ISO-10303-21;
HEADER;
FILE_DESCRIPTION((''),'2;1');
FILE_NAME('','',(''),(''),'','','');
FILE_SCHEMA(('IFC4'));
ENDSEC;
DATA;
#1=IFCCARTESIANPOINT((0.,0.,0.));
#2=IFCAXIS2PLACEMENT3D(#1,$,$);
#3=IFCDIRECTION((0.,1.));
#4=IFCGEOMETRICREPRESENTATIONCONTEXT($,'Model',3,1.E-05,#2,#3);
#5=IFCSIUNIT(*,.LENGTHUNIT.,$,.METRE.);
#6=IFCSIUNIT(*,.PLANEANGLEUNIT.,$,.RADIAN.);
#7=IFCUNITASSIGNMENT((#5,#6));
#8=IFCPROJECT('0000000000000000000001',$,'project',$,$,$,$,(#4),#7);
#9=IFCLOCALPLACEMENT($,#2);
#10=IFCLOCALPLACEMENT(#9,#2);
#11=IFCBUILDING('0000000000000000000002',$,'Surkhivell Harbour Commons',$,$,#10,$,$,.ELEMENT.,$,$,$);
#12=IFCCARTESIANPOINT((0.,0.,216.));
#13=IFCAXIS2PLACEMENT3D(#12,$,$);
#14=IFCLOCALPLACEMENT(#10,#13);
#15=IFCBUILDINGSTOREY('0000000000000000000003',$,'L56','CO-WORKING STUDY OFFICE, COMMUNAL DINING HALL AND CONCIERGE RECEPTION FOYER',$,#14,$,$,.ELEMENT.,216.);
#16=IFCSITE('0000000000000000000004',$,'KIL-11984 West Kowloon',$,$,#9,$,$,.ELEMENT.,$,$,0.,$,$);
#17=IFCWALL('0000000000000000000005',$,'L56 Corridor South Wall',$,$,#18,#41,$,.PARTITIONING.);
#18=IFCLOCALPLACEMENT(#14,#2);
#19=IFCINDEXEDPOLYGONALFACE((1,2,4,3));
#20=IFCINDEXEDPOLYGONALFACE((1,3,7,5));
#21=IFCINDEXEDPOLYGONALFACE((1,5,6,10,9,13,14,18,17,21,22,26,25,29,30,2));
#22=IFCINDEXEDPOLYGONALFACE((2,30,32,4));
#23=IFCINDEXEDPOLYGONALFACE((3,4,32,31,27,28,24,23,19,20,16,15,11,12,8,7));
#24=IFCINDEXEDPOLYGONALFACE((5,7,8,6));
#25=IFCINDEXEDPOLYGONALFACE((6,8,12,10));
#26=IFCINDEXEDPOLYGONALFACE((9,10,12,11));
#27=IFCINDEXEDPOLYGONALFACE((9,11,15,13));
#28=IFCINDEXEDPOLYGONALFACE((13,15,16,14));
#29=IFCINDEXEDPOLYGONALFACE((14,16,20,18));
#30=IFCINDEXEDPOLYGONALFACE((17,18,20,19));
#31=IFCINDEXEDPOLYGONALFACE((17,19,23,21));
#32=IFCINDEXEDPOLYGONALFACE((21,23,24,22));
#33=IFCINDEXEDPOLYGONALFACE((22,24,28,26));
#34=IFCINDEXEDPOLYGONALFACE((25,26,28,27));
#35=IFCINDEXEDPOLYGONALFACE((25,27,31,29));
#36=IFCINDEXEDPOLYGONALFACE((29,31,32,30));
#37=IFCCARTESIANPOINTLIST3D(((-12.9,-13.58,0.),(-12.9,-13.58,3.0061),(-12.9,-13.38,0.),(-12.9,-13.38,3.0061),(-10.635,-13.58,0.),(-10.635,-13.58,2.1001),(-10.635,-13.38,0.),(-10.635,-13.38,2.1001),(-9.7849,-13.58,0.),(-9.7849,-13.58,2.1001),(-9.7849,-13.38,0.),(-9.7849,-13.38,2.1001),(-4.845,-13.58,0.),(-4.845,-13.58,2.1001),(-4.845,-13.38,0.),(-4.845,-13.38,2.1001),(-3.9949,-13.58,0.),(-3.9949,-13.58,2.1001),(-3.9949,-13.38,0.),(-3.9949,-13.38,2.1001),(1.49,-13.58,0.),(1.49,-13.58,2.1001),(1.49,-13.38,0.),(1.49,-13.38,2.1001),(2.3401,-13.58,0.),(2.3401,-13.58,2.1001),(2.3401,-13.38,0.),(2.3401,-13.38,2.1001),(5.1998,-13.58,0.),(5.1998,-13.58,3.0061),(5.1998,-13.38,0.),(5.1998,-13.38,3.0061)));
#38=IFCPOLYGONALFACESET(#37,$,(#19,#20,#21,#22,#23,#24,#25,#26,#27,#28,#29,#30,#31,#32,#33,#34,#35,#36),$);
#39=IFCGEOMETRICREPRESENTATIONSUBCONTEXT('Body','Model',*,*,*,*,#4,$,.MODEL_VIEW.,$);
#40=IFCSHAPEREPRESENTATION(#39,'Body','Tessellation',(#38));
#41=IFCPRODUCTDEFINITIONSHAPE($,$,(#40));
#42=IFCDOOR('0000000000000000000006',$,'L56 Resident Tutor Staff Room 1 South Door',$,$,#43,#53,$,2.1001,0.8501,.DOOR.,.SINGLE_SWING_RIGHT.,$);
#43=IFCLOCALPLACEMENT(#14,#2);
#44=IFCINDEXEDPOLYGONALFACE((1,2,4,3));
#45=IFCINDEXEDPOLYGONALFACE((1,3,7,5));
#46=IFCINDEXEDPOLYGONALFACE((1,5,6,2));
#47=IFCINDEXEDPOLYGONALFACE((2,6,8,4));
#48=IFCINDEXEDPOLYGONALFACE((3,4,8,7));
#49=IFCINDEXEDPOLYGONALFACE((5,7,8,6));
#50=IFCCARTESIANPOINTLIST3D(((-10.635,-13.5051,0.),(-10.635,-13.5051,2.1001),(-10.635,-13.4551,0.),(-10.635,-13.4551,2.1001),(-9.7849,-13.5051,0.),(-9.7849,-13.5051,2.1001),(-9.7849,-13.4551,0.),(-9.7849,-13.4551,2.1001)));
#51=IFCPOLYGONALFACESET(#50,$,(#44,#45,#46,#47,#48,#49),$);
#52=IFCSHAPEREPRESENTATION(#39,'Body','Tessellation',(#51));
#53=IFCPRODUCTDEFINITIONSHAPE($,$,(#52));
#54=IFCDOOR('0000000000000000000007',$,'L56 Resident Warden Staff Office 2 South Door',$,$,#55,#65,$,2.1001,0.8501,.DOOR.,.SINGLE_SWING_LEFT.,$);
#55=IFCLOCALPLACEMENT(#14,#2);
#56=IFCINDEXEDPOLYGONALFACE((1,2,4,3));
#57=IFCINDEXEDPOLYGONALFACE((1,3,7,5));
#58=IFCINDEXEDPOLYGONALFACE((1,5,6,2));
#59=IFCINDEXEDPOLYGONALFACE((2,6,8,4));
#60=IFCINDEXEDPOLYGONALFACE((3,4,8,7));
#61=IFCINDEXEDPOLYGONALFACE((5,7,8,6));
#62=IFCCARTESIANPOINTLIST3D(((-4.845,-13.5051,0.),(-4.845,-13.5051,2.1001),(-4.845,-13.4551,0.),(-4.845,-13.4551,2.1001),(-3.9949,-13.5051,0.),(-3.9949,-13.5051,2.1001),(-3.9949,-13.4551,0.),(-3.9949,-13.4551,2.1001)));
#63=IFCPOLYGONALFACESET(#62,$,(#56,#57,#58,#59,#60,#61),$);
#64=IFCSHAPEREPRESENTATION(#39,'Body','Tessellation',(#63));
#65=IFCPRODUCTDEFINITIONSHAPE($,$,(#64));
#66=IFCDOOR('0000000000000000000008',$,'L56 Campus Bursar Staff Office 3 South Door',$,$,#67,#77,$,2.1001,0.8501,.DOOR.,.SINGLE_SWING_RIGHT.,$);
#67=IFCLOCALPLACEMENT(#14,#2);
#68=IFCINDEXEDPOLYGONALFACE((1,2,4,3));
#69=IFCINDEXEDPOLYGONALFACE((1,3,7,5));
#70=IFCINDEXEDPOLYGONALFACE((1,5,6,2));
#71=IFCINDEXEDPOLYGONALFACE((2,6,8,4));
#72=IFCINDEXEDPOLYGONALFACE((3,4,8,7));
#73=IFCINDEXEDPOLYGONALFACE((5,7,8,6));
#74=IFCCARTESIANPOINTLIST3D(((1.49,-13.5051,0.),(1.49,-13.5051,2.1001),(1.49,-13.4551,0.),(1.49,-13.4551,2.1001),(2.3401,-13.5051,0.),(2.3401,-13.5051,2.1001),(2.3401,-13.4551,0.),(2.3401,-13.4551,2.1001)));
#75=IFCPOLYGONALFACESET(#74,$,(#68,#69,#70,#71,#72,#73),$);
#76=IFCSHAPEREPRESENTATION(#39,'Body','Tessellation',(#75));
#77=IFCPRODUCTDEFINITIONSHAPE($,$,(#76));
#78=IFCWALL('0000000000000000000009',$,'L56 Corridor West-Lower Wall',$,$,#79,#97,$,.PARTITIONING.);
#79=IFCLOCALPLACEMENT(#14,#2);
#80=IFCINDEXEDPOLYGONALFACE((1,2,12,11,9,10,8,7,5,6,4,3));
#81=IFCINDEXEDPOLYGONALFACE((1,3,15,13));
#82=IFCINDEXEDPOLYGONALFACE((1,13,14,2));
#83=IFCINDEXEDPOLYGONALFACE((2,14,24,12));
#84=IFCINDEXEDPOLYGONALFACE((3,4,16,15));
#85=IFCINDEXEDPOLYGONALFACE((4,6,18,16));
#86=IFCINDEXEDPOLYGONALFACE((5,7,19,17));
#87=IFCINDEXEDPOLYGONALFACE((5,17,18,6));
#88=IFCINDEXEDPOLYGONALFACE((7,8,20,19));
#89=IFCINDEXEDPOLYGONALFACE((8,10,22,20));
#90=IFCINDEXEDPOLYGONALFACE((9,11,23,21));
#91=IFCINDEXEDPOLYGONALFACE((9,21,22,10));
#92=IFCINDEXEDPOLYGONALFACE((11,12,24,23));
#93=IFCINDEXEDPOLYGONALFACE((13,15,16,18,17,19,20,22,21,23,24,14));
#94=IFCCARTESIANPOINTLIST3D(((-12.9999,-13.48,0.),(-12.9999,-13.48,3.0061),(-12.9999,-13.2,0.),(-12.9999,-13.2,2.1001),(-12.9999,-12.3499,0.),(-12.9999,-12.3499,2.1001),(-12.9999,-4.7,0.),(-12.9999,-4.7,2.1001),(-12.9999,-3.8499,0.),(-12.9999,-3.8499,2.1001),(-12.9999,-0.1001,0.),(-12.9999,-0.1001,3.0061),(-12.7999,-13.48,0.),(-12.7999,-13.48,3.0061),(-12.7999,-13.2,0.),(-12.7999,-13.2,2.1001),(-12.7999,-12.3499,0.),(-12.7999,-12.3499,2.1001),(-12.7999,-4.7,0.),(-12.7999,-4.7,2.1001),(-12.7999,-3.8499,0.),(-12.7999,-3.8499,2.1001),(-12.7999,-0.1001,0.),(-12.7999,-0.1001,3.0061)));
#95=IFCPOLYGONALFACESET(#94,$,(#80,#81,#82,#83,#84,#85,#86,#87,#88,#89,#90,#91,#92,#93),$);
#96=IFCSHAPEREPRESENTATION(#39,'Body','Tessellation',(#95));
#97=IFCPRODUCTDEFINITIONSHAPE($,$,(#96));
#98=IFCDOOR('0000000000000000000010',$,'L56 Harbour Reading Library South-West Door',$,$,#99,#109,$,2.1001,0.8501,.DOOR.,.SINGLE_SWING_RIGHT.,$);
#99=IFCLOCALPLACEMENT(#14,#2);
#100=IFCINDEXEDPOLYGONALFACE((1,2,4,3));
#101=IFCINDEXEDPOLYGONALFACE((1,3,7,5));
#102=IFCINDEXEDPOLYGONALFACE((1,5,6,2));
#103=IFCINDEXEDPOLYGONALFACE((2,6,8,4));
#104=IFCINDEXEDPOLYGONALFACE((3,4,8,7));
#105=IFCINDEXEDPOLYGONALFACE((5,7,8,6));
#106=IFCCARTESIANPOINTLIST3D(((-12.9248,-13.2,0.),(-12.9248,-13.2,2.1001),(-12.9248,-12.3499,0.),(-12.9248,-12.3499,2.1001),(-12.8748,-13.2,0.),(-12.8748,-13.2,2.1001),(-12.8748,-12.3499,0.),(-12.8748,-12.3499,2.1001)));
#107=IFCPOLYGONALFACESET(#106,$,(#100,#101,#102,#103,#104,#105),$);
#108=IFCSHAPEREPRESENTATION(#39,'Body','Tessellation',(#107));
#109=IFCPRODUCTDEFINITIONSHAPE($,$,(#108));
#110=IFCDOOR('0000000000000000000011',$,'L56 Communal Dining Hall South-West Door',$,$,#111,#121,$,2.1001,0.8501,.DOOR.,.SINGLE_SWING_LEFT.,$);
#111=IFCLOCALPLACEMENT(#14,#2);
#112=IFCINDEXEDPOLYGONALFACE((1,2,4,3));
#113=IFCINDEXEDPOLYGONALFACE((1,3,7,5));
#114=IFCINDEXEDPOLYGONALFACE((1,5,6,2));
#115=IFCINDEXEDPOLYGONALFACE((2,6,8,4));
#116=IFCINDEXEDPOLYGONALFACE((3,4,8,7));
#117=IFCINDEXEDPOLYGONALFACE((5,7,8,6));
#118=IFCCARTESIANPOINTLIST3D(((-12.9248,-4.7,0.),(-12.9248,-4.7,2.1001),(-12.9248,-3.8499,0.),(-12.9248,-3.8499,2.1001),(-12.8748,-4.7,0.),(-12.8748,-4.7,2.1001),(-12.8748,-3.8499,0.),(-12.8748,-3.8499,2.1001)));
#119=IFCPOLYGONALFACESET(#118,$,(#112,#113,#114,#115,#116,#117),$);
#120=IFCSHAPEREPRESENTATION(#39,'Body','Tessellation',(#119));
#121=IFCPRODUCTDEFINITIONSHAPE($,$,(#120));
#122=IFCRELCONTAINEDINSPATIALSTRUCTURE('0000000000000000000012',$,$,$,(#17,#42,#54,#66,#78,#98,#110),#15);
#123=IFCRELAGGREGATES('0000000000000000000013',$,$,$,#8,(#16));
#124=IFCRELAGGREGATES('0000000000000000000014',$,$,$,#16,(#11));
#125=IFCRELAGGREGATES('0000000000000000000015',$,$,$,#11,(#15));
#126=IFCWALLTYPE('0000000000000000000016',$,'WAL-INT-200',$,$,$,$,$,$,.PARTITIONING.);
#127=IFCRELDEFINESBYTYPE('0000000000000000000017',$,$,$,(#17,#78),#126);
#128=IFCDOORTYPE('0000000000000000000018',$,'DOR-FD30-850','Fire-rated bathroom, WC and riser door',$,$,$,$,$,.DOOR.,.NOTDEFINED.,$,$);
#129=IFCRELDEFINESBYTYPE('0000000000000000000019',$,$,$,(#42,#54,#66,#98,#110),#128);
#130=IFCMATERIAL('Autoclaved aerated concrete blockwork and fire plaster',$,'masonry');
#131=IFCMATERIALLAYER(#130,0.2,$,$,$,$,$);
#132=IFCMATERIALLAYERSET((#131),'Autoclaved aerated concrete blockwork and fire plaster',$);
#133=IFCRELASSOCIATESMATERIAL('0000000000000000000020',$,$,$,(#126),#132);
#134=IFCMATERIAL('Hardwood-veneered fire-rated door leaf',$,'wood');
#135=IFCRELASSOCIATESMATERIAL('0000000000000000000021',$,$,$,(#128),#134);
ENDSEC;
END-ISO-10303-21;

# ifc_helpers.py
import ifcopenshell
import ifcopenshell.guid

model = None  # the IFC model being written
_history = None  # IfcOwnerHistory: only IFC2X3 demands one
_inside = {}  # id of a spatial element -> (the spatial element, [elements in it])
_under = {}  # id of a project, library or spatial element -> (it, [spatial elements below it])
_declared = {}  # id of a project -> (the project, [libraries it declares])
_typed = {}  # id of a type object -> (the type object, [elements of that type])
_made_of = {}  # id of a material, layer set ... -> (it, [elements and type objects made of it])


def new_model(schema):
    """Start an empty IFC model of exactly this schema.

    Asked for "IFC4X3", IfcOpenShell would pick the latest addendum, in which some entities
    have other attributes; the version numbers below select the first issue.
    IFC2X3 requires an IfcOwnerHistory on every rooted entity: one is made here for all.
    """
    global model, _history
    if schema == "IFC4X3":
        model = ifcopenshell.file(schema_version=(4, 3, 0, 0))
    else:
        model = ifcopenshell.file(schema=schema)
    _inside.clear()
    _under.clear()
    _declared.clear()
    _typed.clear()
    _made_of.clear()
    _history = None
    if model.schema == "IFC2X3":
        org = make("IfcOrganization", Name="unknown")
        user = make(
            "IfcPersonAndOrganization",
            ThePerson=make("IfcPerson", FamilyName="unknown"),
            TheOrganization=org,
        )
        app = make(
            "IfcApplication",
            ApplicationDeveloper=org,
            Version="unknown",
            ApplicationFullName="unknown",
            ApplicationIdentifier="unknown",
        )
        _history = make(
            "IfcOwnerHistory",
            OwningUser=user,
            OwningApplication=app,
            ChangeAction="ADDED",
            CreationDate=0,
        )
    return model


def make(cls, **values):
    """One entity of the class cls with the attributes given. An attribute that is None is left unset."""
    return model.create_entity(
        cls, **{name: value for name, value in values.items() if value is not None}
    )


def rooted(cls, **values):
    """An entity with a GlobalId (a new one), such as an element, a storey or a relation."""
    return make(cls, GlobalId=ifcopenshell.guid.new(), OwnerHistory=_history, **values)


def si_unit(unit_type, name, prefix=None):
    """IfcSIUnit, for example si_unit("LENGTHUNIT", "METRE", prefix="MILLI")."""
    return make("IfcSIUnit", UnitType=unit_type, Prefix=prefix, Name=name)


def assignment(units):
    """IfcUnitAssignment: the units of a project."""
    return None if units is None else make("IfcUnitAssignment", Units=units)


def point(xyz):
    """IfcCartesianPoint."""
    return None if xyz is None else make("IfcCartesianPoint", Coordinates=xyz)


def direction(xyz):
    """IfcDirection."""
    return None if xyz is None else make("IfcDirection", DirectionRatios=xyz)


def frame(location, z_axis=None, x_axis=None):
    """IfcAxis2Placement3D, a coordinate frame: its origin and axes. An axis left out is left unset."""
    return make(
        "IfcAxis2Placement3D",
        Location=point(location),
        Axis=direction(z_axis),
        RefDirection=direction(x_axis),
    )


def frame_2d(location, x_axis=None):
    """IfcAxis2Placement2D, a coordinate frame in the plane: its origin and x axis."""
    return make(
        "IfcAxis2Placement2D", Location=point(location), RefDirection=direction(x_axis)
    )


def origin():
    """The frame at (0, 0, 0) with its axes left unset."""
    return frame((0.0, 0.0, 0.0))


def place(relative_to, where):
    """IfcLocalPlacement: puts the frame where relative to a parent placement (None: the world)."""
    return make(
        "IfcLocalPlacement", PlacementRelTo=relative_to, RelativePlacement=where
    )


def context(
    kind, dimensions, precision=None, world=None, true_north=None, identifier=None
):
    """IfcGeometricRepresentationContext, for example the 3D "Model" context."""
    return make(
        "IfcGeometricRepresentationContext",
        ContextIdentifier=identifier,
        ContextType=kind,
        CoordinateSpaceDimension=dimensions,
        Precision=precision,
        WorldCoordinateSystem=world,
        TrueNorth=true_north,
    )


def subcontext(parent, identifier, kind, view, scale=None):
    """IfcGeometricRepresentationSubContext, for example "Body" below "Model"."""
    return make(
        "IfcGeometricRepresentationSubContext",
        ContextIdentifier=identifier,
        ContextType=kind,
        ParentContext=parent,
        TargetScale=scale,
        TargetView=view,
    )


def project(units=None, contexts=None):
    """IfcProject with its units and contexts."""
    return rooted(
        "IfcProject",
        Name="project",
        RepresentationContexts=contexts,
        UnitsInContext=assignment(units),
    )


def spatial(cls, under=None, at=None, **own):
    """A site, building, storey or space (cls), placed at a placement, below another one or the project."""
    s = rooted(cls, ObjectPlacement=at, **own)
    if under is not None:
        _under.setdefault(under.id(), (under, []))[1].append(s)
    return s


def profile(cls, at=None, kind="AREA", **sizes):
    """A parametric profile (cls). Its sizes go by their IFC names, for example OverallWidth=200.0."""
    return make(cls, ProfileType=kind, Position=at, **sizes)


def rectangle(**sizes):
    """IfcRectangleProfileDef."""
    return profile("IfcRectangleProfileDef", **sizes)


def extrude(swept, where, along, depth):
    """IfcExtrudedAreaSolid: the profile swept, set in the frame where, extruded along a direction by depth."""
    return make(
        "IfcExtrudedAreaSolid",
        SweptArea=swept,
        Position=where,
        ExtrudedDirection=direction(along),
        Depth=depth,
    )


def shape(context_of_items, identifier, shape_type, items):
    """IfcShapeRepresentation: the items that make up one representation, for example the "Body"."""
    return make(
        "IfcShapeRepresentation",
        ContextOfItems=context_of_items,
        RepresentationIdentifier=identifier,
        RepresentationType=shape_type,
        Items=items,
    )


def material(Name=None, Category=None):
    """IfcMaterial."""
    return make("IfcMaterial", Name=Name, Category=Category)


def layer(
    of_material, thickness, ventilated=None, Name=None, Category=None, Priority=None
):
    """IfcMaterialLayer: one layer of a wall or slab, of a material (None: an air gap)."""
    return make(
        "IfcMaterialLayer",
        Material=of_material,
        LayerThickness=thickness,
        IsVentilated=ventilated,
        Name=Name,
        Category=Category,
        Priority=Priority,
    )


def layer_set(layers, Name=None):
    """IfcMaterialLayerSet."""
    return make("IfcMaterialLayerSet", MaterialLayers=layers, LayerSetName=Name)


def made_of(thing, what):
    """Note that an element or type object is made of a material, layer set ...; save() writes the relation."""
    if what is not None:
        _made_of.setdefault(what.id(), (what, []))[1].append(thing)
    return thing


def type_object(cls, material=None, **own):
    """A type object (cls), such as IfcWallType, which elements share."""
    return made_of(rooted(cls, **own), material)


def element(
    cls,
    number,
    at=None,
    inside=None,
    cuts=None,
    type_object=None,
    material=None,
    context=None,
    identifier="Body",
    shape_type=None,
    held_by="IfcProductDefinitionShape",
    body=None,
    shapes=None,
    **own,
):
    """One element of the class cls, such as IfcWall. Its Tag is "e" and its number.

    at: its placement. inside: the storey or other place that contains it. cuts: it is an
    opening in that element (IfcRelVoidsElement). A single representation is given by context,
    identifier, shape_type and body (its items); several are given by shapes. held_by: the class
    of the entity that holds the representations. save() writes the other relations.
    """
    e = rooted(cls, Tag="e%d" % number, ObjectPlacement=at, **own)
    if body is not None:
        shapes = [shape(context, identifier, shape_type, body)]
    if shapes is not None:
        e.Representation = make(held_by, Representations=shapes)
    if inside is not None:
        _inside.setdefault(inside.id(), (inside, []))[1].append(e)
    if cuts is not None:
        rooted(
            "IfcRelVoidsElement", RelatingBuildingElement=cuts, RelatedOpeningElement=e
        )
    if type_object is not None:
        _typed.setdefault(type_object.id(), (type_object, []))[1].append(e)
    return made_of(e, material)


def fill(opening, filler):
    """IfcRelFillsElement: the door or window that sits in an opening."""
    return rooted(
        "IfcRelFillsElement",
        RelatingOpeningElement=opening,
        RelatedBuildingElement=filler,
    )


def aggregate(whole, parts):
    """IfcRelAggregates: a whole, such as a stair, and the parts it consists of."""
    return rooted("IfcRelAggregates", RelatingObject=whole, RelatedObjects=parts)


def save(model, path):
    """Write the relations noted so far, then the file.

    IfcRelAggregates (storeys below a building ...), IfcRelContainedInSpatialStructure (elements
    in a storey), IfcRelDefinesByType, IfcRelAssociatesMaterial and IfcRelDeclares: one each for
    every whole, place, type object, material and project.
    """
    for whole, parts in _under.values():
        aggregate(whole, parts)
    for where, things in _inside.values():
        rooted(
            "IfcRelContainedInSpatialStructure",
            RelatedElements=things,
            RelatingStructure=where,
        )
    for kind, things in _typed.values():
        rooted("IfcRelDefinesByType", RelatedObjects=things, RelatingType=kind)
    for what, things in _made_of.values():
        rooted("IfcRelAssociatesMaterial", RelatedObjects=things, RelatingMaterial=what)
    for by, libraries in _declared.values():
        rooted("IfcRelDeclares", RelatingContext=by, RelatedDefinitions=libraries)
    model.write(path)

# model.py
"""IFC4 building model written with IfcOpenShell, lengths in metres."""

from ifc_helpers import new_model, si_unit, direction, frame, frame_2d, origin, place, context, subcontext, project, spatial, rectangle, extrude, material, layer, layer_set, type_object, element, fill, save


model = new_model("IFC4")

# Units and contexts
model_context = context("Model", 3, precision=1e-05, world=origin(), true_north=direction((0.0, 1.0)))
body_context = subcontext(model_context, "Body", "Model", "MODEL_VIEW")
ifc_project = project(units=[si_unit("LENGTHUNIT", "METRE"), si_unit("PLANEANGLEUNIT", "RADIAN")], contexts=[model_context])

# Site, building, storey
site_placement = place(None, origin())
site = spatial("IfcSite", under=ifc_project, at=site_placement, Name="KIL-11984 West Kowloon", CompositionType="ELEMENT", RefElevation=0.0)
building_placement = place(site_placement, origin())
building = spatial("IfcBuilding", under=site, at=building_placement, Name="Surkhivell Harbour Commons", CompositionType="ELEMENT")
storey_placement = place(building_placement, frame((0.0, 0.0, 216.0)))
storey = spatial("IfcBuildingStorey", under=building, at=storey_placement, Name="L56", Description="CO-WORKING STUDY OFFICE, COMMUNAL DINING HALL AND CONCIERGE RECEPTION FOYER", CompositionType="ELEMENT", Elevation=216.0)

# Walls, openings, doors
ifc_material_1 = material(Name="Autoclaved aerated concrete blockwork and fire plaster", Category="masonry")
ifc_layer_1 = layer(ifc_material_1, 0.2)
ifc_layer_set_1 = layer_set([ifc_layer_1], Name="Autoclaved aerated concrete blockwork and fire plaster")
wall_type_1 = type_object("IfcWallType", Name="WAL-INT-200", PredefinedType="PARTITIONING", material=ifc_layer_set_1)
wall_1_placement = place(storey_placement, frame((-12.8999, -13.48, 0.0), z_axis=(0.0, 0.0, 1.0), x_axis=(1.0, 0.0, 0.0)))
wall_1 = element("IfcWall", 1, at=wall_1_placement, inside=storey, type_object=wall_type_1, Name="L56 Corridor South Wall", PredefinedType="PARTITIONING", context=body_context, shape_type="SweptSolid", body=[
    extrude(rectangle(XDim=18.0999, YDim=0.2, at=frame_2d((9.0498, 0.0))), origin(), (0.0, 0.0, 1.0), 3.0061),
])
opening_1_placement = place(wall_1_placement, frame((2.2649, 0.0, 0.0)))
opening_1 = element("IfcOpeningElement", 2, at=opening_1_placement, cuts=wall_1, PredefinedType="OPENING", context=body_context, shape_type="SweptSolid", body=[
    extrude(rectangle(XDim=0.8501, YDim=2.1001, at=frame_2d((0.425, 1.05))), frame((0.0, 0.1099, 0.0), z_axis=(0.0, -1.0, 0.0), x_axis=(1.0, 0.0, 0.0)), (0.0, 0.0, 1.0), 0.22),
])
opening_2_placement = place(wall_1_placement, frame((8.0549, 0.0, 0.0)))
opening_2 = element("IfcOpeningElement", 3, at=opening_2_placement, cuts=wall_1, PredefinedType="OPENING", context=body_context, shape_type="SweptSolid", body=[
    extrude(rectangle(XDim=0.8501, YDim=2.1001, at=frame_2d((0.425, 1.05))), frame((0.0, 0.1099, 0.0), z_axis=(0.0, -1.0, 0.0), x_axis=(1.0, 0.0, 0.0)), (0.0, 0.0, 1.0), 0.22),
])
opening_3_placement = place(wall_1_placement, frame((14.3899, 0.0, 0.0)))
opening_3 = element("IfcOpeningElement", 4, at=opening_3_placement, cuts=wall_1, PredefinedType="OPENING", context=body_context, shape_type="SweptSolid", body=[
    extrude(rectangle(XDim=0.8501, YDim=2.1001, at=frame_2d((0.425, 1.05))), frame((0.0, 0.1099, 0.0), z_axis=(0.0, -1.0, 0.0), x_axis=(1.0, 0.0, 0.0)), (0.0, 0.0, 1.0), 0.22),
])
ifc_material_2 = material(Name="Hardwood-veneered fire-rated door leaf", Category="wood")
door_type = type_object("IfcDoorType", Name="DOR-FD30-850", Description="Fire-rated bathroom, WC and riser door", OperationType="NOTDEFINED", PredefinedType="DOOR", material=ifc_material_2)
door_1_placement = place(opening_1_placement, origin())
door_1 = element("IfcDoor", 5, at=door_1_placement, inside=storey, type_object=door_type, Name="L56 Resident Tutor Staff Room 1 South Door", OperationType="SINGLE_SWING_RIGHT", OverallHeight=2.1001, OverallWidth=0.8501, PredefinedType="DOOR", context=body_context, shape_type="SweptSolid", body=[
    extrude(rectangle(XDim=0.8501, YDim=2.1001, at=frame_2d((0.425, 1.05))), frame((0.0, 0.0249, 0.0), z_axis=(0.0, -1.0, 0.0), x_axis=(1.0, 0.0, 0.0)), (0.0, 0.0, 1.0), 0.05),
])
fill(opening_1, door_1)
door_2_placement = place(opening_2_placement, origin())
door_2 = element("IfcDoor", 6, at=door_2_placement, inside=storey, type_object=door_type, Name="L56 Resident Warden Staff Office 2 South Door", OperationType="SINGLE_SWING_LEFT", OverallHeight=2.1001, OverallWidth=0.8501, PredefinedType="DOOR", context=body_context, shape_type="SweptSolid", body=[
    extrude(rectangle(XDim=0.8501, YDim=2.1001, at=frame_2d((0.425, 1.05))), frame((0.0, 0.0249, 0.0), z_axis=(0.0, -1.0, 0.0), x_axis=(1.0, 0.0, 0.0)), (0.0, 0.0, 1.0), 0.05),
])
fill(opening_2, door_2)
door_3_placement = place(opening_3_placement, origin())
door_3 = element("IfcDoor", 7, at=door_3_placement, inside=storey, type_object=door_type, Name="L56 Campus Bursar Staff Office 3 South Door", OperationType="SINGLE_SWING_RIGHT", OverallHeight=2.1001, OverallWidth=0.8501, PredefinedType="DOOR", context=body_context, shape_type="SweptSolid", body=[
    extrude(rectangle(XDim=0.8501, YDim=2.1001, at=frame_2d((0.425, 1.05))), frame((0.0, 0.0249, 0.0), z_axis=(0.0, -1.0, 0.0), x_axis=(1.0, 0.0, 0.0)), (0.0, 0.0, 1.0), 0.05),
])
fill(opening_3, door_3)
wall_2_placement = place(storey_placement, frame((-12.8999, -13.48, 0.0), z_axis=(0.0, 0.0, 1.0), x_axis=(0.0, 1.0, 0.0)))
wall_2 = element("IfcWall", 8, at=wall_2_placement, inside=storey, type_object=wall_type_1, Name="L56 Corridor West-Lower Wall", PredefinedType="PARTITIONING", context=body_context, shape_type="SweptSolid", body=[
    extrude(rectangle(XDim=13.3799, YDim=0.2, at=frame_2d((6.6899, 0.0))), origin(), (0.0, 0.0, 1.0), 3.0061),
])
opening_4_placement = place(wall_2_placement, frame((0.28, 0.0, 0.0)))
opening_4 = element("IfcOpeningElement", 9, at=opening_4_placement, cuts=wall_2, PredefinedType="OPENING", context=body_context, shape_type="SweptSolid", body=[
    extrude(rectangle(XDim=0.8501, YDim=2.1001, at=frame_2d((0.425, 1.05))), frame((0.0, 0.1099, 0.0), z_axis=(0.0, -1.0, 0.0), x_axis=(1.0, 0.0, 0.0)), (0.0, 0.0, 1.0), 0.22),
])
opening_5_placement = place(wall_2_placement, frame((8.78, 0.0, 0.0)))
opening_5 = element("IfcOpeningElement", 10, at=opening_5_placement, cuts=wall_2, PredefinedType="OPENING", context=body_context, shape_type="SweptSolid", body=[
    extrude(rectangle(XDim=0.8501, YDim=2.1001, at=frame_2d((0.425, 1.05))), frame((0.0, 0.1099, 0.0), z_axis=(0.0, -1.0, 0.0), x_axis=(1.0, 0.0, 0.0)), (0.0, 0.0, 1.0), 0.22),
])
door_4_placement = place(opening_4_placement, origin())
door_4 = element("IfcDoor", 11, at=door_4_placement, inside=storey, type_object=door_type, Name="L56 Harbour Reading Library South-West Door", OperationType="SINGLE_SWING_RIGHT", OverallHeight=2.1001, OverallWidth=0.8501, PredefinedType="DOOR", context=body_context, shape_type="SweptSolid", body=[
    extrude(rectangle(XDim=0.8501, YDim=2.1001, at=frame_2d((0.425, 1.05))), frame((0.0, 0.0249, 0.0), z_axis=(0.0, -1.0, 0.0), x_axis=(1.0, 0.0, 0.0)), (0.0, 0.0, 1.0), 0.05),
])
fill(opening_4, door_4)
door_5_placement = place(opening_5_placement, origin())
door_5 = element("IfcDoor", 12, at=door_5_placement, inside=storey, type_object=door_type, Name="L56 Communal Dining Hall South-West Door", OperationType="SINGLE_SWING_LEFT", OverallHeight=2.1001, OverallWidth=0.8501, PredefinedType="DOOR", context=body_context, shape_type="SweptSolid", body=[
    extrude(rectangle(XDim=0.8501, YDim=2.1001, at=frame_2d((0.425, 1.05))), frame((0.0, 0.0249, 0.0), z_axis=(0.0, -1.0, 0.0), x_axis=(1.0, 0.0, 0.0)), (0.0, 0.0, 1.0), 0.05),
])
fill(opening_5, door_5)

save(model, "model.ifc")
